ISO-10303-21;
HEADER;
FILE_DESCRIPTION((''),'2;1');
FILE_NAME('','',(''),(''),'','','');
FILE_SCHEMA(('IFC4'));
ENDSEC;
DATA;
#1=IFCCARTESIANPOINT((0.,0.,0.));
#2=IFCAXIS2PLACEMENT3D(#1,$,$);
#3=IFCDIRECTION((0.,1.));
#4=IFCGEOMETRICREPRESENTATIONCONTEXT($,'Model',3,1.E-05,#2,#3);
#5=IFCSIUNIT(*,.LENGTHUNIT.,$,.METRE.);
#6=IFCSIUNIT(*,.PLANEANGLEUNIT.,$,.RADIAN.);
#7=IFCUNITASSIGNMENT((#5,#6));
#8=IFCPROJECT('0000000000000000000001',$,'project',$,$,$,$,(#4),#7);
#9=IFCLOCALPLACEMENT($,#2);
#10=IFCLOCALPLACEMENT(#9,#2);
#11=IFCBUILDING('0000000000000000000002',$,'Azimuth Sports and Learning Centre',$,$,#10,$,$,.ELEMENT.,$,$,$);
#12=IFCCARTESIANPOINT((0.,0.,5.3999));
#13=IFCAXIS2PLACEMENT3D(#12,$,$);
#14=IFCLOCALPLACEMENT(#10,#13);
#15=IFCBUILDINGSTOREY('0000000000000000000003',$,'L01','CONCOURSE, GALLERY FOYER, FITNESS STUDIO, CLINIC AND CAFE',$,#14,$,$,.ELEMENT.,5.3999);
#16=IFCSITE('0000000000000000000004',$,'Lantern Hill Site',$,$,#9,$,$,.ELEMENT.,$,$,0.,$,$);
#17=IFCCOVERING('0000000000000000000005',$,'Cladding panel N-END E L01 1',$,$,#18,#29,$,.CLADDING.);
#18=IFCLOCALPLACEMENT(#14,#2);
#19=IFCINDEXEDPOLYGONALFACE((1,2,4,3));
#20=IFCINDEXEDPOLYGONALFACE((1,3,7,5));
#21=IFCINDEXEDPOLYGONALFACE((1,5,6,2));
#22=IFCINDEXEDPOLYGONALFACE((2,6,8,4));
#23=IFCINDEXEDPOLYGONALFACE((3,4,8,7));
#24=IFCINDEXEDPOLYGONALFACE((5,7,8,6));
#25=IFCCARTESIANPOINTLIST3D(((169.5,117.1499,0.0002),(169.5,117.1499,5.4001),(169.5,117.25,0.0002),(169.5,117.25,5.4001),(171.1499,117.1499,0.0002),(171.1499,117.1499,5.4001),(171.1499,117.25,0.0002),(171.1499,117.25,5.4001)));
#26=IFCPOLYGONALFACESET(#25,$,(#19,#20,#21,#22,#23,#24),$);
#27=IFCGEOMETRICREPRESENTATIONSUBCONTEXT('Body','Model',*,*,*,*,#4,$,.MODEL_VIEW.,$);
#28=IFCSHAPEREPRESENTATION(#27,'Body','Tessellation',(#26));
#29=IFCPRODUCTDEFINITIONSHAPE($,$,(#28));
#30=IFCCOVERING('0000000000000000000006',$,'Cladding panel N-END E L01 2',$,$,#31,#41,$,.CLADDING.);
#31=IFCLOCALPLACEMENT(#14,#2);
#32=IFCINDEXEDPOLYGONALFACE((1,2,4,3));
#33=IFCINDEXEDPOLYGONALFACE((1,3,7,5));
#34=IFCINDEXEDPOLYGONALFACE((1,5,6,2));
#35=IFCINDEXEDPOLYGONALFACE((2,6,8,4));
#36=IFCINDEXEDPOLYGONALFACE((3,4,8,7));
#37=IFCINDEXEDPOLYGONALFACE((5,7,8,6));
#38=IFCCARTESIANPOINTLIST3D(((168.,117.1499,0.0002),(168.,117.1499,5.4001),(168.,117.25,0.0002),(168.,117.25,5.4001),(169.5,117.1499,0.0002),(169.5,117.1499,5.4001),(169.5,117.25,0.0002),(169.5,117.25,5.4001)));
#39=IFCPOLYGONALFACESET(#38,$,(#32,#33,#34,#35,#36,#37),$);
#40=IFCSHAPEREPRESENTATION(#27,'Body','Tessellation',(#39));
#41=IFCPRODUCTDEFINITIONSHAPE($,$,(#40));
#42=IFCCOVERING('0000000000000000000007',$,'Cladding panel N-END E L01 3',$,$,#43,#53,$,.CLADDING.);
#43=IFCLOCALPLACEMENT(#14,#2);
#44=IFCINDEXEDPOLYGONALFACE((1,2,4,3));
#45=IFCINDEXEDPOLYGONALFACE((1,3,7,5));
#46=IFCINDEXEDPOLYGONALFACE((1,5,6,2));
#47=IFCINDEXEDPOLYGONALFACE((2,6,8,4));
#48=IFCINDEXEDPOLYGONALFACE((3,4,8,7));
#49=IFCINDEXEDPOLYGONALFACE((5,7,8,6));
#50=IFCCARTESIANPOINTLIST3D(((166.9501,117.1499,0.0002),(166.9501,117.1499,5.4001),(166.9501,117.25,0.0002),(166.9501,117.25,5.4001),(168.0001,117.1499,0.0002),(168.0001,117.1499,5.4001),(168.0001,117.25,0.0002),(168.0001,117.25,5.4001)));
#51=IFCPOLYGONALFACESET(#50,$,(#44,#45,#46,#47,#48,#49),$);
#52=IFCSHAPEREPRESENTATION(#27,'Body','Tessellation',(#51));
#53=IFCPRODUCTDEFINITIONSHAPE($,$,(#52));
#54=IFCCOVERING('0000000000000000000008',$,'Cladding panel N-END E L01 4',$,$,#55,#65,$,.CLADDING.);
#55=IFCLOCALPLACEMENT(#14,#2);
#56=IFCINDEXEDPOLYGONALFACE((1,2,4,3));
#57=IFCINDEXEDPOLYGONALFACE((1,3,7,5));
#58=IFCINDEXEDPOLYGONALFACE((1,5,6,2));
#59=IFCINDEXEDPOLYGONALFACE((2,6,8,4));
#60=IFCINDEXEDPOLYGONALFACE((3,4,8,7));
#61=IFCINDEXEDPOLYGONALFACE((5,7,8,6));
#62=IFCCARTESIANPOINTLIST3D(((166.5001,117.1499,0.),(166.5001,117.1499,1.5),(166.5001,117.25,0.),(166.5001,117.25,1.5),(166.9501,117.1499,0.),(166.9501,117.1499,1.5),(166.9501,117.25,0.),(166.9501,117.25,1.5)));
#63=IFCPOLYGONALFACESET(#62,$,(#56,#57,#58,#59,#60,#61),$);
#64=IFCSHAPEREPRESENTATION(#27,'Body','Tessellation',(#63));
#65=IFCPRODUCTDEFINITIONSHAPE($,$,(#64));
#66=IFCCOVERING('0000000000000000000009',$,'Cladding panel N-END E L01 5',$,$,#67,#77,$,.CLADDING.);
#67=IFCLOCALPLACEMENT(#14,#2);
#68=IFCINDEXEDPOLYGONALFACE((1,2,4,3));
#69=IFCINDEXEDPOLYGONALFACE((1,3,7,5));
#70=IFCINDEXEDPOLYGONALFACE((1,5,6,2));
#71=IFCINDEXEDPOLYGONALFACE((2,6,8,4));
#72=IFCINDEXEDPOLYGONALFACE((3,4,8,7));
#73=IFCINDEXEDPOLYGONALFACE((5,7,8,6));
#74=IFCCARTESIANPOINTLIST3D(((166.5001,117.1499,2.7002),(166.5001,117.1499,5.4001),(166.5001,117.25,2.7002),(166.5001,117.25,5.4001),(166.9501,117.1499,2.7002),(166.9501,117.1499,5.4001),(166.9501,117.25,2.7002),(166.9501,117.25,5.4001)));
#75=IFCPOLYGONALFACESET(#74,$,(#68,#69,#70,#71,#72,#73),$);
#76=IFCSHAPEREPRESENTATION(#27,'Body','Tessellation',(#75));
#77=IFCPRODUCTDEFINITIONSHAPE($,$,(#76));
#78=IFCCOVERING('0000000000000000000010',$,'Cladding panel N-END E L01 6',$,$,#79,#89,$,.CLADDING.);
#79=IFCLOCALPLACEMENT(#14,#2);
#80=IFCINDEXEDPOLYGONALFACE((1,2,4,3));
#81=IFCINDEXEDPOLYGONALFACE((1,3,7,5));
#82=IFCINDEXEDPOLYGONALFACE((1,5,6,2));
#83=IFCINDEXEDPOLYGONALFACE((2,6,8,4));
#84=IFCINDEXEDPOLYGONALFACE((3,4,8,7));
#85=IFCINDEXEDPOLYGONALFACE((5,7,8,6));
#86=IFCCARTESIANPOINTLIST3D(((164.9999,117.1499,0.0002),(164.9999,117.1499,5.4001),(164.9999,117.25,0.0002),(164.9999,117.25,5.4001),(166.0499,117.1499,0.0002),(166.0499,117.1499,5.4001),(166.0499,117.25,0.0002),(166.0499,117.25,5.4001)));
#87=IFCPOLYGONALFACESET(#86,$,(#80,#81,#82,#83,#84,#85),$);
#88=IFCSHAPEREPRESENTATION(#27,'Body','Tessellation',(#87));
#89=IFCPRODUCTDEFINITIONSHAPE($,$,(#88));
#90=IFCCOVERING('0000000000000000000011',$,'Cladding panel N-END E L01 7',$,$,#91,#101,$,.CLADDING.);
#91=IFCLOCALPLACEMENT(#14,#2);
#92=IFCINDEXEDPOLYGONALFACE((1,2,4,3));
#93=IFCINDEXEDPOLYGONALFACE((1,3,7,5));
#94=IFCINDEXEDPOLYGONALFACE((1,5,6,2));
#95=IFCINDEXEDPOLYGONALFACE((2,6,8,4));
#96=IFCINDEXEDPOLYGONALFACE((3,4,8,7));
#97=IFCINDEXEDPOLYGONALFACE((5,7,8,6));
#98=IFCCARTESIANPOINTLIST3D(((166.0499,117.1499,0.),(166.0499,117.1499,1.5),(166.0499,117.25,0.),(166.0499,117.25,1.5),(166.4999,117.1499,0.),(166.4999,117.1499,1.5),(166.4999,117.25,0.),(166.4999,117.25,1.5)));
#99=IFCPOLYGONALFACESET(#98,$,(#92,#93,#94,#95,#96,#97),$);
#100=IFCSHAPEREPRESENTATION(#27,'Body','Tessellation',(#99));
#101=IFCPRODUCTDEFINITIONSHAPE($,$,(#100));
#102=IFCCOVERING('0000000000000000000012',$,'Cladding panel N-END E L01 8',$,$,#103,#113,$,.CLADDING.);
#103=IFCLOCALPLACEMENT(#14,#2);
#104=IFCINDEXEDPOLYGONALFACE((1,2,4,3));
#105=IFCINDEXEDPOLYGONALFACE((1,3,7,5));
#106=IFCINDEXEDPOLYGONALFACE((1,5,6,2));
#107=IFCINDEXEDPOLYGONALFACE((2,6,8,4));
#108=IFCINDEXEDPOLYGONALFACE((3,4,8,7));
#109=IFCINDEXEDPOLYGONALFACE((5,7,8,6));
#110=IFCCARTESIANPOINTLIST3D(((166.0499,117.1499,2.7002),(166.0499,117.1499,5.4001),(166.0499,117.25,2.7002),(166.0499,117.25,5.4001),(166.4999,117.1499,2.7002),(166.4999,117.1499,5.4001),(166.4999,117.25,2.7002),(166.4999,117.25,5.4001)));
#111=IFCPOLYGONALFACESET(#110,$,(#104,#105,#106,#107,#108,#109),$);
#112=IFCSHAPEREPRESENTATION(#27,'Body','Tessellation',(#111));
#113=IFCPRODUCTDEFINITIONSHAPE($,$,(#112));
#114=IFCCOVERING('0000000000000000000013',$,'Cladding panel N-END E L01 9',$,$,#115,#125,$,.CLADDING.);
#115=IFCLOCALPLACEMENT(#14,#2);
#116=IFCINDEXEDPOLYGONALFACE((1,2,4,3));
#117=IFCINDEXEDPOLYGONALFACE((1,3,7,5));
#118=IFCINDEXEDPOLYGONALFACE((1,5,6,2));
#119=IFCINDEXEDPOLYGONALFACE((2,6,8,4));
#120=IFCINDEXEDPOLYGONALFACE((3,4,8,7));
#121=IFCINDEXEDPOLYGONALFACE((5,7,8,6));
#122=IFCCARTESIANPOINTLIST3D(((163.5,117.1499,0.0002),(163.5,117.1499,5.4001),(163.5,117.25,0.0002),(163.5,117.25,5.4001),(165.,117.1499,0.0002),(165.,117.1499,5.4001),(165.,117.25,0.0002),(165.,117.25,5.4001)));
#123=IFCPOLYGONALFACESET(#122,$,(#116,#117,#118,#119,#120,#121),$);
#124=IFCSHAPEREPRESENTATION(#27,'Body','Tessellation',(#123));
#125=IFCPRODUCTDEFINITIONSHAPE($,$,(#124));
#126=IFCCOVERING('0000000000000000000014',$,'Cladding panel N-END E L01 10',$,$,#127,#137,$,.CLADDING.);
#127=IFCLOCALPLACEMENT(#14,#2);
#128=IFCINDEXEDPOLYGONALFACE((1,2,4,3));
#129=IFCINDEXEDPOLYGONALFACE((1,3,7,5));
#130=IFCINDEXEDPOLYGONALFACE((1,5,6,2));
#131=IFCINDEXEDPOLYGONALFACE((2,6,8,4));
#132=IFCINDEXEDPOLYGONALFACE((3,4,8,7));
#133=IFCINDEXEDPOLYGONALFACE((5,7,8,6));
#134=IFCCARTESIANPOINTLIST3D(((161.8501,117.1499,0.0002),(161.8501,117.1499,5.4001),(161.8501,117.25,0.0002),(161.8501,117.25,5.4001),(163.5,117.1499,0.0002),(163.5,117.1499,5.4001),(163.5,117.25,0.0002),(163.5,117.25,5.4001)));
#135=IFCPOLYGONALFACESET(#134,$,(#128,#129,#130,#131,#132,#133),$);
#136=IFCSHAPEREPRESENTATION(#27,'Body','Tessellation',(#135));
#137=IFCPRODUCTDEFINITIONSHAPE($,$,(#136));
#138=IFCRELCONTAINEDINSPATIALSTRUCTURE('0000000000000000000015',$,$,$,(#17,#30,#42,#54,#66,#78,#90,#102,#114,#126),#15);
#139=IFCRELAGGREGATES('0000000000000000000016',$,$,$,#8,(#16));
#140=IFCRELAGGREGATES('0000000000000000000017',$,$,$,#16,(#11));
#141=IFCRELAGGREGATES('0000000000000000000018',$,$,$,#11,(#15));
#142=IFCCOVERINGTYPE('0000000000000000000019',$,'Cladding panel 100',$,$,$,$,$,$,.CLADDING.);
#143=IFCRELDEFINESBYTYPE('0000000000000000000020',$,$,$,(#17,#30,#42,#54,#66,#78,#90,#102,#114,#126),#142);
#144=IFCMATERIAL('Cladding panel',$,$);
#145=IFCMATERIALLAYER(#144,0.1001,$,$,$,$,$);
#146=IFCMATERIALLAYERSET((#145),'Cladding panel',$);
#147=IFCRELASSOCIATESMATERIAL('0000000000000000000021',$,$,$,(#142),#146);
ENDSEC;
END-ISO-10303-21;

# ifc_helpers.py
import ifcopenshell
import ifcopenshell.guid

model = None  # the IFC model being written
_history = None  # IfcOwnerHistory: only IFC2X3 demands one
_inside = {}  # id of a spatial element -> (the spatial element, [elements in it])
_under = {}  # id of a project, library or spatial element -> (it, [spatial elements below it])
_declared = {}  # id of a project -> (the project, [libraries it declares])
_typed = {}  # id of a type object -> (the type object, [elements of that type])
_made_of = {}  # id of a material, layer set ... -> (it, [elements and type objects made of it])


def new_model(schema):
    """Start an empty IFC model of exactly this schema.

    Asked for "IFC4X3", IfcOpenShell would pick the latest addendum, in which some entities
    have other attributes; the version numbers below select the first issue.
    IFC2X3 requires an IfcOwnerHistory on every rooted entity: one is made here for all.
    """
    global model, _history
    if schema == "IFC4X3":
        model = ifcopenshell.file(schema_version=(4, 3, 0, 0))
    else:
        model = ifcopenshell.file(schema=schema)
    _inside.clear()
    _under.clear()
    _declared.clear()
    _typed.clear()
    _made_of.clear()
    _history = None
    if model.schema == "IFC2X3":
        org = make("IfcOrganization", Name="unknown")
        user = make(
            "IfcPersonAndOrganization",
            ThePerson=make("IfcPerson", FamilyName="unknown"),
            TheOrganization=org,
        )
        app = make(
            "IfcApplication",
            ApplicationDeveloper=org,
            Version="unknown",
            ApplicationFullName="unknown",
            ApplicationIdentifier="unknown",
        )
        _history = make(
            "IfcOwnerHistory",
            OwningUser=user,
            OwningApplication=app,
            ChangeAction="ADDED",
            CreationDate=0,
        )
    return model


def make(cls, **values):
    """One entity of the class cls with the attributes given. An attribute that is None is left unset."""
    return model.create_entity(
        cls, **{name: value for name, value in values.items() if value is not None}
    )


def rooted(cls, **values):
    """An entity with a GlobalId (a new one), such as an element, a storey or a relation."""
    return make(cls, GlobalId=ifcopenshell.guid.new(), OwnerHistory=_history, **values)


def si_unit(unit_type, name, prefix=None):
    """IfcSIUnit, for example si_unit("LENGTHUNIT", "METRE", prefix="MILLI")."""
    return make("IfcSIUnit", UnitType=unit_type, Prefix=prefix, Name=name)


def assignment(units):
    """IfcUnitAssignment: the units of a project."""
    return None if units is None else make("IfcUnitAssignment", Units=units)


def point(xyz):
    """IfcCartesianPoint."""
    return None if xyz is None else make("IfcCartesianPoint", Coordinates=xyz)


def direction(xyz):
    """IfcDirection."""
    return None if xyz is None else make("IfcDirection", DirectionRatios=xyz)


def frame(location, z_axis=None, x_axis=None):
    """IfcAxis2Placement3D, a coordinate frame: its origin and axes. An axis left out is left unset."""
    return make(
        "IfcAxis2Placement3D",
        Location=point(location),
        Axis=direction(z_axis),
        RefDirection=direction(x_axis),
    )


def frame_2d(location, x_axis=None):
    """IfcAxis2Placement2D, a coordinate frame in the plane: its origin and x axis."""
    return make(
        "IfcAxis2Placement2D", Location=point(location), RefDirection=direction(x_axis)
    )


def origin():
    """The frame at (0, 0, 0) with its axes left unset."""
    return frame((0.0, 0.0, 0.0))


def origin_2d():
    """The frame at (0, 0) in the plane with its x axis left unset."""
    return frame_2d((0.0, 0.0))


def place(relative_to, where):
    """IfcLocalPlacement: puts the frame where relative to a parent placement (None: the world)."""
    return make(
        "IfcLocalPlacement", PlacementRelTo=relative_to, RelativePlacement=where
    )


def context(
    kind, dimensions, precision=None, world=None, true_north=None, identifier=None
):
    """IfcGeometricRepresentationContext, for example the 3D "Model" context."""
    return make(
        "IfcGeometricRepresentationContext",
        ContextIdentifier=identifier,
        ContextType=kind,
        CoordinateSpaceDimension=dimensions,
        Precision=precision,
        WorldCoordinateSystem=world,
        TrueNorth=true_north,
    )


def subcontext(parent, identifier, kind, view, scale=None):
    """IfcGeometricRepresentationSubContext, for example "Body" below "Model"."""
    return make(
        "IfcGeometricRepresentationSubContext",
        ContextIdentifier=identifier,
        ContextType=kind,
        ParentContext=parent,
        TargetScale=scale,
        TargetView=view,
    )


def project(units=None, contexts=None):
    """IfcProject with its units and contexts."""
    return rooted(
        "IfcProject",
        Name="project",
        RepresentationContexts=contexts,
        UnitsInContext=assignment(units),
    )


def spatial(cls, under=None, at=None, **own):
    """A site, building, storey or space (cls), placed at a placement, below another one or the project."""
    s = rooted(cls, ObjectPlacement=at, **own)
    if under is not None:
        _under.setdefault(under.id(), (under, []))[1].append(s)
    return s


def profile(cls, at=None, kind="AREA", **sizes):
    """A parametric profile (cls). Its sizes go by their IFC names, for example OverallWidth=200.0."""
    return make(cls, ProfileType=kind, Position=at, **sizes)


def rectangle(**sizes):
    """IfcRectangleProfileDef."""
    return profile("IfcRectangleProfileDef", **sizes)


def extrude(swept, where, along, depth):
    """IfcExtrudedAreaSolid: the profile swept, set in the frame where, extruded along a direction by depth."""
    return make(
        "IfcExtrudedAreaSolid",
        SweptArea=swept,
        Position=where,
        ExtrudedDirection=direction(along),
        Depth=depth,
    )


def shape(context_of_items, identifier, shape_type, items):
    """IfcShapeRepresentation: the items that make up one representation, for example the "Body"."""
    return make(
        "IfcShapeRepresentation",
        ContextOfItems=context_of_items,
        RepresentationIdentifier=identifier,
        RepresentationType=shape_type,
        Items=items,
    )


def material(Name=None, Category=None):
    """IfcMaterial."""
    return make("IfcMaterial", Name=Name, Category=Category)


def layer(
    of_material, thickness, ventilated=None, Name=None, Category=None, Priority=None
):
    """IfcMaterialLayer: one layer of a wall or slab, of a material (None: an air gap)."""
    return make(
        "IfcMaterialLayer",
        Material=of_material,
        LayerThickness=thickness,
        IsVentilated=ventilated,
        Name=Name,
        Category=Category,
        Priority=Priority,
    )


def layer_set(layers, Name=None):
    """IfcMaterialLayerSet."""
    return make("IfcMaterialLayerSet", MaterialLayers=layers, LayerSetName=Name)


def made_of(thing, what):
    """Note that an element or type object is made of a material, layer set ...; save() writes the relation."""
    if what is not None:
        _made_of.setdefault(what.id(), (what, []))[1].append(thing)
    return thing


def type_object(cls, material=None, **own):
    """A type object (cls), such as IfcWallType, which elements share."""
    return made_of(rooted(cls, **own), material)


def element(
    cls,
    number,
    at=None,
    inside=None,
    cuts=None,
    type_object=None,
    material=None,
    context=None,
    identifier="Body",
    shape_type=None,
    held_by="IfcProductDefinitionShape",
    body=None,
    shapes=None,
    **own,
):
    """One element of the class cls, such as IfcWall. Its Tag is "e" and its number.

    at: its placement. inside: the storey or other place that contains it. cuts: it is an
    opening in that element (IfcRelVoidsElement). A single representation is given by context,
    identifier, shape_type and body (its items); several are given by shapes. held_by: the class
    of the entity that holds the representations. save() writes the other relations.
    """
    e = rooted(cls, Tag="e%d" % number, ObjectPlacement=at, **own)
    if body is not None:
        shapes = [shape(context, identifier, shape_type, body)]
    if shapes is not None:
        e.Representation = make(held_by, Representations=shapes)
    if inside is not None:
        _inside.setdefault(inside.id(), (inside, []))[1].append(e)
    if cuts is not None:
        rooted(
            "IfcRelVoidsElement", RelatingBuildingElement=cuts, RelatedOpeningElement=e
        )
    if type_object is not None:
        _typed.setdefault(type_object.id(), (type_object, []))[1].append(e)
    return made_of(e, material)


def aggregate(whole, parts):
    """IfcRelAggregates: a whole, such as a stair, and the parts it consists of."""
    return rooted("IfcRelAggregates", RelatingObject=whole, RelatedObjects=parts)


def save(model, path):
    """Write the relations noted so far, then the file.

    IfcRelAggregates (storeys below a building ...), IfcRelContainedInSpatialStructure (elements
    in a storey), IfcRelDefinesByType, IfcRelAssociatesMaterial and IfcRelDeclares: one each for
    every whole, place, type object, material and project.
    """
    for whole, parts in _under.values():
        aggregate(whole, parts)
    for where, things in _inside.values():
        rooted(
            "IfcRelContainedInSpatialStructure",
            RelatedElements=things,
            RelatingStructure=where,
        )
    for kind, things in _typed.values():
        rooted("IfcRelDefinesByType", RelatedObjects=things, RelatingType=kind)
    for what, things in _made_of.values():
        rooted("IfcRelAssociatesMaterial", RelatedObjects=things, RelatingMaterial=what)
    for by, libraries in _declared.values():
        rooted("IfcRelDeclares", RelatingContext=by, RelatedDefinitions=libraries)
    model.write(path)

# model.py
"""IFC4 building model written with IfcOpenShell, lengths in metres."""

from ifc_helpers import new_model, si_unit, direction, frame, origin, origin_2d, place, context, subcontext, project, spatial, rectangle, extrude, material, layer, layer_set, type_object, element, save


model = new_model("IFC4")

# Units and contexts
model_context = context("Model", 3, precision=1e-05, world=origin(), true_north=direction((0.0, 1.0)))
body_context = subcontext(model_context, "Body", "Model", "MODEL_VIEW")
ifc_project = project(units=[si_unit("LENGTHUNIT", "METRE"), si_unit("PLANEANGLEUNIT", "RADIAN")], contexts=[model_context])

# Site, building, storey
site_placement = place(None, origin())
site = spatial("IfcSite", under=ifc_project, at=site_placement, Name="Lantern Hill Site", CompositionType="ELEMENT", RefElevation=0.0)
building_placement = place(site_placement, origin())
building = spatial("IfcBuilding", under=site, at=building_placement, Name="Azimuth Sports and Learning Centre", CompositionType="ELEMENT")
storey_placement = place(building_placement, frame((0.0, 0.0, 5.3999)))
storey = spatial("IfcBuildingStorey", under=building, at=storey_placement, Name="L01", Description="CONCOURSE, GALLERY FOYER, FITNESS STUDIO, CLINIC AND CAFE", CompositionType="ELEMENT", Elevation=5.3999)

# Coverings
ifc_material_1 = material(Name="Cladding panel")
ifc_layer_1 = layer(ifc_material_1, 0.1001)
ifc_layer_set_1 = layer_set([ifc_layer_1], Name="Cladding panel")
covering_type = type_object("IfcCoveringType", Name="Cladding panel 100", PredefinedType="CLADDING", material=ifc_layer_set_1)
covering_1_placement = place(storey_placement, frame((170.325, 117.2, 0.0002), z_axis=(0.0, 0.0, 1.0), x_axis=(-1.0, 0.0, 0.0)))
element("IfcCovering", 1, at=covering_1_placement, inside=storey, type_object=covering_type, Name="Cladding panel N-END E L01 1", PredefinedType="CLADDING", context=body_context, shape_type="SweptSolid", body=[
    extrude(rectangle(XDim=1.6499, YDim=0.1001, at=origin_2d()), origin(), (0.0, 0.0, 1.0), 5.3999),
])
covering_2_placement = place(storey_placement, frame((168.75, 117.2, 0.0002), z_axis=(0.0, 0.0, 1.0), x_axis=(-1.0, 0.0, 0.0)))
element("IfcCovering", 2, at=covering_2_placement, inside=storey, type_object=covering_type, Name="Cladding panel N-END E L01 2", PredefinedType="CLADDING", context=body_context, shape_type="SweptSolid", body=[
    extrude(rectangle(XDim=1.5, YDim=0.1001, at=origin_2d()), origin(), (0.0, 0.0, 1.0), 5.3999),
])
covering_3_placement = place(storey_placement, frame((167.4751, 117.2, 0.0002), z_axis=(0.0, 0.0, 1.0), x_axis=(-1.0, 0.0, 0.0)))
element("IfcCovering", 3, at=covering_3_placement, inside=storey, type_object=covering_type, Name="Cladding panel N-END E L01 3", PredefinedType="CLADDING", context=body_context, shape_type="SweptSolid", body=[
    extrude(rectangle(XDim=1.05, YDim=0.1001, at=origin_2d()), origin(), (0.0, 0.0, 1.0), 5.3999),
])
covering_4_placement = place(storey_placement, frame((166.7251, 117.2, 0.0), z_axis=(0.0, 0.0, 1.0), x_axis=(-1.0, 0.0, 0.0)))
element("IfcCovering", 4, at=covering_4_placement, inside=storey, type_object=covering_type, Name="Cladding panel N-END E L01 4", PredefinedType="CLADDING", context=body_context, shape_type="SweptSolid", body=[
    extrude(rectangle(XDim=0.45, YDim=0.1001, at=origin_2d()), origin(), (0.0, 0.0, 1.0), 1.5),
])
covering_5_placement = place(storey_placement, frame((166.7251, 117.2, 2.7002), z_axis=(0.0, 0.0, 1.0), x_axis=(-1.0, 0.0, 0.0)))
element("IfcCovering", 5, at=covering_5_placement, inside=storey, type_object=covering_type, Name="Cladding panel N-END E L01 5", PredefinedType="CLADDING", context=body_context, shape_type="SweptSolid", body=[
    extrude(rectangle(XDim=0.45, YDim=0.1001, at=origin_2d()), origin(), (0.0, 0.0, 1.0), 2.7),
])
covering_6_placement = place(storey_placement, frame((165.5249, 117.2, 0.0002), z_axis=(0.0, 0.0, 1.0), x_axis=(-1.0, 0.0, 0.0)))
element("IfcCovering", 6, at=covering_6_placement, inside=storey, type_object=covering_type, Name="Cladding panel N-END E L01 6", PredefinedType="CLADDING", context=body_context, shape_type="SweptSolid", body=[
    extrude(rectangle(XDim=1.05, YDim=0.1001, at=origin_2d()), origin(), (0.0, 0.0, 1.0), 5.3999),
])
covering_7_placement = place(storey_placement, frame((166.2749, 117.2, 0.0), z_axis=(0.0, 0.0, 1.0), x_axis=(-1.0, 0.0, 0.0)))
element("IfcCovering", 7, at=covering_7_placement, inside=storey, type_object=covering_type, Name="Cladding panel N-END E L01 7", PredefinedType="CLADDING", context=body_context, shape_type="SweptSolid", body=[
    extrude(rectangle(XDim=0.45, YDim=0.1001, at=origin_2d()), origin(), (0.0, 0.0, 1.0), 1.5),
])
covering_8_placement = place(storey_placement, frame((166.2749, 117.2, 2.7002), z_axis=(0.0, 0.0, 1.0), x_axis=(-1.0, 0.0, 0.0)))
element("IfcCovering", 8, at=covering_8_placement, inside=storey, type_object=covering_type, Name="Cladding panel N-END E L01 8", PredefinedType="CLADDING", context=body_context, shape_type="SweptSolid", body=[
    extrude(rectangle(XDim=0.45, YDim=0.1001, at=origin_2d()), origin(), (0.0, 0.0, 1.0), 2.7),
])
covering_9_placement = place(storey_placement, frame((164.25, 117.2, 0.0002), z_axis=(0.0, 0.0, 1.0), x_axis=(-1.0, 0.0, 0.0)))
element("IfcCovering", 9, at=covering_9_placement, inside=storey, type_object=covering_type, Name="Cladding panel N-END E L01 9", PredefinedType="CLADDING", context=body_context, shape_type="SweptSolid", body=[
    extrude(rectangle(XDim=1.5, YDim=0.1001, at=origin_2d()), origin(), (0.0, 0.0, 1.0), 5.3999),
])
covering_10_placement = place(storey_placement, frame((162.675, 117.2, 0.0002), z_axis=(0.0, 0.0, 1.0), x_axis=(-1.0, 0.0, 0.0)))
element("IfcCovering", 10, at=covering_10_placement, inside=storey, type_object=covering_type, Name="Cladding panel N-END E L01 10", PredefinedType="CLADDING", context=body_context, shape_type="SweptSolid", body=[
    extrude(rectangle(XDim=1.6499, YDim=0.1001, at=origin_2d()), origin(), (0.0, 0.0, 1.0), 5.3999),
])

save(model, "model.ifc")
